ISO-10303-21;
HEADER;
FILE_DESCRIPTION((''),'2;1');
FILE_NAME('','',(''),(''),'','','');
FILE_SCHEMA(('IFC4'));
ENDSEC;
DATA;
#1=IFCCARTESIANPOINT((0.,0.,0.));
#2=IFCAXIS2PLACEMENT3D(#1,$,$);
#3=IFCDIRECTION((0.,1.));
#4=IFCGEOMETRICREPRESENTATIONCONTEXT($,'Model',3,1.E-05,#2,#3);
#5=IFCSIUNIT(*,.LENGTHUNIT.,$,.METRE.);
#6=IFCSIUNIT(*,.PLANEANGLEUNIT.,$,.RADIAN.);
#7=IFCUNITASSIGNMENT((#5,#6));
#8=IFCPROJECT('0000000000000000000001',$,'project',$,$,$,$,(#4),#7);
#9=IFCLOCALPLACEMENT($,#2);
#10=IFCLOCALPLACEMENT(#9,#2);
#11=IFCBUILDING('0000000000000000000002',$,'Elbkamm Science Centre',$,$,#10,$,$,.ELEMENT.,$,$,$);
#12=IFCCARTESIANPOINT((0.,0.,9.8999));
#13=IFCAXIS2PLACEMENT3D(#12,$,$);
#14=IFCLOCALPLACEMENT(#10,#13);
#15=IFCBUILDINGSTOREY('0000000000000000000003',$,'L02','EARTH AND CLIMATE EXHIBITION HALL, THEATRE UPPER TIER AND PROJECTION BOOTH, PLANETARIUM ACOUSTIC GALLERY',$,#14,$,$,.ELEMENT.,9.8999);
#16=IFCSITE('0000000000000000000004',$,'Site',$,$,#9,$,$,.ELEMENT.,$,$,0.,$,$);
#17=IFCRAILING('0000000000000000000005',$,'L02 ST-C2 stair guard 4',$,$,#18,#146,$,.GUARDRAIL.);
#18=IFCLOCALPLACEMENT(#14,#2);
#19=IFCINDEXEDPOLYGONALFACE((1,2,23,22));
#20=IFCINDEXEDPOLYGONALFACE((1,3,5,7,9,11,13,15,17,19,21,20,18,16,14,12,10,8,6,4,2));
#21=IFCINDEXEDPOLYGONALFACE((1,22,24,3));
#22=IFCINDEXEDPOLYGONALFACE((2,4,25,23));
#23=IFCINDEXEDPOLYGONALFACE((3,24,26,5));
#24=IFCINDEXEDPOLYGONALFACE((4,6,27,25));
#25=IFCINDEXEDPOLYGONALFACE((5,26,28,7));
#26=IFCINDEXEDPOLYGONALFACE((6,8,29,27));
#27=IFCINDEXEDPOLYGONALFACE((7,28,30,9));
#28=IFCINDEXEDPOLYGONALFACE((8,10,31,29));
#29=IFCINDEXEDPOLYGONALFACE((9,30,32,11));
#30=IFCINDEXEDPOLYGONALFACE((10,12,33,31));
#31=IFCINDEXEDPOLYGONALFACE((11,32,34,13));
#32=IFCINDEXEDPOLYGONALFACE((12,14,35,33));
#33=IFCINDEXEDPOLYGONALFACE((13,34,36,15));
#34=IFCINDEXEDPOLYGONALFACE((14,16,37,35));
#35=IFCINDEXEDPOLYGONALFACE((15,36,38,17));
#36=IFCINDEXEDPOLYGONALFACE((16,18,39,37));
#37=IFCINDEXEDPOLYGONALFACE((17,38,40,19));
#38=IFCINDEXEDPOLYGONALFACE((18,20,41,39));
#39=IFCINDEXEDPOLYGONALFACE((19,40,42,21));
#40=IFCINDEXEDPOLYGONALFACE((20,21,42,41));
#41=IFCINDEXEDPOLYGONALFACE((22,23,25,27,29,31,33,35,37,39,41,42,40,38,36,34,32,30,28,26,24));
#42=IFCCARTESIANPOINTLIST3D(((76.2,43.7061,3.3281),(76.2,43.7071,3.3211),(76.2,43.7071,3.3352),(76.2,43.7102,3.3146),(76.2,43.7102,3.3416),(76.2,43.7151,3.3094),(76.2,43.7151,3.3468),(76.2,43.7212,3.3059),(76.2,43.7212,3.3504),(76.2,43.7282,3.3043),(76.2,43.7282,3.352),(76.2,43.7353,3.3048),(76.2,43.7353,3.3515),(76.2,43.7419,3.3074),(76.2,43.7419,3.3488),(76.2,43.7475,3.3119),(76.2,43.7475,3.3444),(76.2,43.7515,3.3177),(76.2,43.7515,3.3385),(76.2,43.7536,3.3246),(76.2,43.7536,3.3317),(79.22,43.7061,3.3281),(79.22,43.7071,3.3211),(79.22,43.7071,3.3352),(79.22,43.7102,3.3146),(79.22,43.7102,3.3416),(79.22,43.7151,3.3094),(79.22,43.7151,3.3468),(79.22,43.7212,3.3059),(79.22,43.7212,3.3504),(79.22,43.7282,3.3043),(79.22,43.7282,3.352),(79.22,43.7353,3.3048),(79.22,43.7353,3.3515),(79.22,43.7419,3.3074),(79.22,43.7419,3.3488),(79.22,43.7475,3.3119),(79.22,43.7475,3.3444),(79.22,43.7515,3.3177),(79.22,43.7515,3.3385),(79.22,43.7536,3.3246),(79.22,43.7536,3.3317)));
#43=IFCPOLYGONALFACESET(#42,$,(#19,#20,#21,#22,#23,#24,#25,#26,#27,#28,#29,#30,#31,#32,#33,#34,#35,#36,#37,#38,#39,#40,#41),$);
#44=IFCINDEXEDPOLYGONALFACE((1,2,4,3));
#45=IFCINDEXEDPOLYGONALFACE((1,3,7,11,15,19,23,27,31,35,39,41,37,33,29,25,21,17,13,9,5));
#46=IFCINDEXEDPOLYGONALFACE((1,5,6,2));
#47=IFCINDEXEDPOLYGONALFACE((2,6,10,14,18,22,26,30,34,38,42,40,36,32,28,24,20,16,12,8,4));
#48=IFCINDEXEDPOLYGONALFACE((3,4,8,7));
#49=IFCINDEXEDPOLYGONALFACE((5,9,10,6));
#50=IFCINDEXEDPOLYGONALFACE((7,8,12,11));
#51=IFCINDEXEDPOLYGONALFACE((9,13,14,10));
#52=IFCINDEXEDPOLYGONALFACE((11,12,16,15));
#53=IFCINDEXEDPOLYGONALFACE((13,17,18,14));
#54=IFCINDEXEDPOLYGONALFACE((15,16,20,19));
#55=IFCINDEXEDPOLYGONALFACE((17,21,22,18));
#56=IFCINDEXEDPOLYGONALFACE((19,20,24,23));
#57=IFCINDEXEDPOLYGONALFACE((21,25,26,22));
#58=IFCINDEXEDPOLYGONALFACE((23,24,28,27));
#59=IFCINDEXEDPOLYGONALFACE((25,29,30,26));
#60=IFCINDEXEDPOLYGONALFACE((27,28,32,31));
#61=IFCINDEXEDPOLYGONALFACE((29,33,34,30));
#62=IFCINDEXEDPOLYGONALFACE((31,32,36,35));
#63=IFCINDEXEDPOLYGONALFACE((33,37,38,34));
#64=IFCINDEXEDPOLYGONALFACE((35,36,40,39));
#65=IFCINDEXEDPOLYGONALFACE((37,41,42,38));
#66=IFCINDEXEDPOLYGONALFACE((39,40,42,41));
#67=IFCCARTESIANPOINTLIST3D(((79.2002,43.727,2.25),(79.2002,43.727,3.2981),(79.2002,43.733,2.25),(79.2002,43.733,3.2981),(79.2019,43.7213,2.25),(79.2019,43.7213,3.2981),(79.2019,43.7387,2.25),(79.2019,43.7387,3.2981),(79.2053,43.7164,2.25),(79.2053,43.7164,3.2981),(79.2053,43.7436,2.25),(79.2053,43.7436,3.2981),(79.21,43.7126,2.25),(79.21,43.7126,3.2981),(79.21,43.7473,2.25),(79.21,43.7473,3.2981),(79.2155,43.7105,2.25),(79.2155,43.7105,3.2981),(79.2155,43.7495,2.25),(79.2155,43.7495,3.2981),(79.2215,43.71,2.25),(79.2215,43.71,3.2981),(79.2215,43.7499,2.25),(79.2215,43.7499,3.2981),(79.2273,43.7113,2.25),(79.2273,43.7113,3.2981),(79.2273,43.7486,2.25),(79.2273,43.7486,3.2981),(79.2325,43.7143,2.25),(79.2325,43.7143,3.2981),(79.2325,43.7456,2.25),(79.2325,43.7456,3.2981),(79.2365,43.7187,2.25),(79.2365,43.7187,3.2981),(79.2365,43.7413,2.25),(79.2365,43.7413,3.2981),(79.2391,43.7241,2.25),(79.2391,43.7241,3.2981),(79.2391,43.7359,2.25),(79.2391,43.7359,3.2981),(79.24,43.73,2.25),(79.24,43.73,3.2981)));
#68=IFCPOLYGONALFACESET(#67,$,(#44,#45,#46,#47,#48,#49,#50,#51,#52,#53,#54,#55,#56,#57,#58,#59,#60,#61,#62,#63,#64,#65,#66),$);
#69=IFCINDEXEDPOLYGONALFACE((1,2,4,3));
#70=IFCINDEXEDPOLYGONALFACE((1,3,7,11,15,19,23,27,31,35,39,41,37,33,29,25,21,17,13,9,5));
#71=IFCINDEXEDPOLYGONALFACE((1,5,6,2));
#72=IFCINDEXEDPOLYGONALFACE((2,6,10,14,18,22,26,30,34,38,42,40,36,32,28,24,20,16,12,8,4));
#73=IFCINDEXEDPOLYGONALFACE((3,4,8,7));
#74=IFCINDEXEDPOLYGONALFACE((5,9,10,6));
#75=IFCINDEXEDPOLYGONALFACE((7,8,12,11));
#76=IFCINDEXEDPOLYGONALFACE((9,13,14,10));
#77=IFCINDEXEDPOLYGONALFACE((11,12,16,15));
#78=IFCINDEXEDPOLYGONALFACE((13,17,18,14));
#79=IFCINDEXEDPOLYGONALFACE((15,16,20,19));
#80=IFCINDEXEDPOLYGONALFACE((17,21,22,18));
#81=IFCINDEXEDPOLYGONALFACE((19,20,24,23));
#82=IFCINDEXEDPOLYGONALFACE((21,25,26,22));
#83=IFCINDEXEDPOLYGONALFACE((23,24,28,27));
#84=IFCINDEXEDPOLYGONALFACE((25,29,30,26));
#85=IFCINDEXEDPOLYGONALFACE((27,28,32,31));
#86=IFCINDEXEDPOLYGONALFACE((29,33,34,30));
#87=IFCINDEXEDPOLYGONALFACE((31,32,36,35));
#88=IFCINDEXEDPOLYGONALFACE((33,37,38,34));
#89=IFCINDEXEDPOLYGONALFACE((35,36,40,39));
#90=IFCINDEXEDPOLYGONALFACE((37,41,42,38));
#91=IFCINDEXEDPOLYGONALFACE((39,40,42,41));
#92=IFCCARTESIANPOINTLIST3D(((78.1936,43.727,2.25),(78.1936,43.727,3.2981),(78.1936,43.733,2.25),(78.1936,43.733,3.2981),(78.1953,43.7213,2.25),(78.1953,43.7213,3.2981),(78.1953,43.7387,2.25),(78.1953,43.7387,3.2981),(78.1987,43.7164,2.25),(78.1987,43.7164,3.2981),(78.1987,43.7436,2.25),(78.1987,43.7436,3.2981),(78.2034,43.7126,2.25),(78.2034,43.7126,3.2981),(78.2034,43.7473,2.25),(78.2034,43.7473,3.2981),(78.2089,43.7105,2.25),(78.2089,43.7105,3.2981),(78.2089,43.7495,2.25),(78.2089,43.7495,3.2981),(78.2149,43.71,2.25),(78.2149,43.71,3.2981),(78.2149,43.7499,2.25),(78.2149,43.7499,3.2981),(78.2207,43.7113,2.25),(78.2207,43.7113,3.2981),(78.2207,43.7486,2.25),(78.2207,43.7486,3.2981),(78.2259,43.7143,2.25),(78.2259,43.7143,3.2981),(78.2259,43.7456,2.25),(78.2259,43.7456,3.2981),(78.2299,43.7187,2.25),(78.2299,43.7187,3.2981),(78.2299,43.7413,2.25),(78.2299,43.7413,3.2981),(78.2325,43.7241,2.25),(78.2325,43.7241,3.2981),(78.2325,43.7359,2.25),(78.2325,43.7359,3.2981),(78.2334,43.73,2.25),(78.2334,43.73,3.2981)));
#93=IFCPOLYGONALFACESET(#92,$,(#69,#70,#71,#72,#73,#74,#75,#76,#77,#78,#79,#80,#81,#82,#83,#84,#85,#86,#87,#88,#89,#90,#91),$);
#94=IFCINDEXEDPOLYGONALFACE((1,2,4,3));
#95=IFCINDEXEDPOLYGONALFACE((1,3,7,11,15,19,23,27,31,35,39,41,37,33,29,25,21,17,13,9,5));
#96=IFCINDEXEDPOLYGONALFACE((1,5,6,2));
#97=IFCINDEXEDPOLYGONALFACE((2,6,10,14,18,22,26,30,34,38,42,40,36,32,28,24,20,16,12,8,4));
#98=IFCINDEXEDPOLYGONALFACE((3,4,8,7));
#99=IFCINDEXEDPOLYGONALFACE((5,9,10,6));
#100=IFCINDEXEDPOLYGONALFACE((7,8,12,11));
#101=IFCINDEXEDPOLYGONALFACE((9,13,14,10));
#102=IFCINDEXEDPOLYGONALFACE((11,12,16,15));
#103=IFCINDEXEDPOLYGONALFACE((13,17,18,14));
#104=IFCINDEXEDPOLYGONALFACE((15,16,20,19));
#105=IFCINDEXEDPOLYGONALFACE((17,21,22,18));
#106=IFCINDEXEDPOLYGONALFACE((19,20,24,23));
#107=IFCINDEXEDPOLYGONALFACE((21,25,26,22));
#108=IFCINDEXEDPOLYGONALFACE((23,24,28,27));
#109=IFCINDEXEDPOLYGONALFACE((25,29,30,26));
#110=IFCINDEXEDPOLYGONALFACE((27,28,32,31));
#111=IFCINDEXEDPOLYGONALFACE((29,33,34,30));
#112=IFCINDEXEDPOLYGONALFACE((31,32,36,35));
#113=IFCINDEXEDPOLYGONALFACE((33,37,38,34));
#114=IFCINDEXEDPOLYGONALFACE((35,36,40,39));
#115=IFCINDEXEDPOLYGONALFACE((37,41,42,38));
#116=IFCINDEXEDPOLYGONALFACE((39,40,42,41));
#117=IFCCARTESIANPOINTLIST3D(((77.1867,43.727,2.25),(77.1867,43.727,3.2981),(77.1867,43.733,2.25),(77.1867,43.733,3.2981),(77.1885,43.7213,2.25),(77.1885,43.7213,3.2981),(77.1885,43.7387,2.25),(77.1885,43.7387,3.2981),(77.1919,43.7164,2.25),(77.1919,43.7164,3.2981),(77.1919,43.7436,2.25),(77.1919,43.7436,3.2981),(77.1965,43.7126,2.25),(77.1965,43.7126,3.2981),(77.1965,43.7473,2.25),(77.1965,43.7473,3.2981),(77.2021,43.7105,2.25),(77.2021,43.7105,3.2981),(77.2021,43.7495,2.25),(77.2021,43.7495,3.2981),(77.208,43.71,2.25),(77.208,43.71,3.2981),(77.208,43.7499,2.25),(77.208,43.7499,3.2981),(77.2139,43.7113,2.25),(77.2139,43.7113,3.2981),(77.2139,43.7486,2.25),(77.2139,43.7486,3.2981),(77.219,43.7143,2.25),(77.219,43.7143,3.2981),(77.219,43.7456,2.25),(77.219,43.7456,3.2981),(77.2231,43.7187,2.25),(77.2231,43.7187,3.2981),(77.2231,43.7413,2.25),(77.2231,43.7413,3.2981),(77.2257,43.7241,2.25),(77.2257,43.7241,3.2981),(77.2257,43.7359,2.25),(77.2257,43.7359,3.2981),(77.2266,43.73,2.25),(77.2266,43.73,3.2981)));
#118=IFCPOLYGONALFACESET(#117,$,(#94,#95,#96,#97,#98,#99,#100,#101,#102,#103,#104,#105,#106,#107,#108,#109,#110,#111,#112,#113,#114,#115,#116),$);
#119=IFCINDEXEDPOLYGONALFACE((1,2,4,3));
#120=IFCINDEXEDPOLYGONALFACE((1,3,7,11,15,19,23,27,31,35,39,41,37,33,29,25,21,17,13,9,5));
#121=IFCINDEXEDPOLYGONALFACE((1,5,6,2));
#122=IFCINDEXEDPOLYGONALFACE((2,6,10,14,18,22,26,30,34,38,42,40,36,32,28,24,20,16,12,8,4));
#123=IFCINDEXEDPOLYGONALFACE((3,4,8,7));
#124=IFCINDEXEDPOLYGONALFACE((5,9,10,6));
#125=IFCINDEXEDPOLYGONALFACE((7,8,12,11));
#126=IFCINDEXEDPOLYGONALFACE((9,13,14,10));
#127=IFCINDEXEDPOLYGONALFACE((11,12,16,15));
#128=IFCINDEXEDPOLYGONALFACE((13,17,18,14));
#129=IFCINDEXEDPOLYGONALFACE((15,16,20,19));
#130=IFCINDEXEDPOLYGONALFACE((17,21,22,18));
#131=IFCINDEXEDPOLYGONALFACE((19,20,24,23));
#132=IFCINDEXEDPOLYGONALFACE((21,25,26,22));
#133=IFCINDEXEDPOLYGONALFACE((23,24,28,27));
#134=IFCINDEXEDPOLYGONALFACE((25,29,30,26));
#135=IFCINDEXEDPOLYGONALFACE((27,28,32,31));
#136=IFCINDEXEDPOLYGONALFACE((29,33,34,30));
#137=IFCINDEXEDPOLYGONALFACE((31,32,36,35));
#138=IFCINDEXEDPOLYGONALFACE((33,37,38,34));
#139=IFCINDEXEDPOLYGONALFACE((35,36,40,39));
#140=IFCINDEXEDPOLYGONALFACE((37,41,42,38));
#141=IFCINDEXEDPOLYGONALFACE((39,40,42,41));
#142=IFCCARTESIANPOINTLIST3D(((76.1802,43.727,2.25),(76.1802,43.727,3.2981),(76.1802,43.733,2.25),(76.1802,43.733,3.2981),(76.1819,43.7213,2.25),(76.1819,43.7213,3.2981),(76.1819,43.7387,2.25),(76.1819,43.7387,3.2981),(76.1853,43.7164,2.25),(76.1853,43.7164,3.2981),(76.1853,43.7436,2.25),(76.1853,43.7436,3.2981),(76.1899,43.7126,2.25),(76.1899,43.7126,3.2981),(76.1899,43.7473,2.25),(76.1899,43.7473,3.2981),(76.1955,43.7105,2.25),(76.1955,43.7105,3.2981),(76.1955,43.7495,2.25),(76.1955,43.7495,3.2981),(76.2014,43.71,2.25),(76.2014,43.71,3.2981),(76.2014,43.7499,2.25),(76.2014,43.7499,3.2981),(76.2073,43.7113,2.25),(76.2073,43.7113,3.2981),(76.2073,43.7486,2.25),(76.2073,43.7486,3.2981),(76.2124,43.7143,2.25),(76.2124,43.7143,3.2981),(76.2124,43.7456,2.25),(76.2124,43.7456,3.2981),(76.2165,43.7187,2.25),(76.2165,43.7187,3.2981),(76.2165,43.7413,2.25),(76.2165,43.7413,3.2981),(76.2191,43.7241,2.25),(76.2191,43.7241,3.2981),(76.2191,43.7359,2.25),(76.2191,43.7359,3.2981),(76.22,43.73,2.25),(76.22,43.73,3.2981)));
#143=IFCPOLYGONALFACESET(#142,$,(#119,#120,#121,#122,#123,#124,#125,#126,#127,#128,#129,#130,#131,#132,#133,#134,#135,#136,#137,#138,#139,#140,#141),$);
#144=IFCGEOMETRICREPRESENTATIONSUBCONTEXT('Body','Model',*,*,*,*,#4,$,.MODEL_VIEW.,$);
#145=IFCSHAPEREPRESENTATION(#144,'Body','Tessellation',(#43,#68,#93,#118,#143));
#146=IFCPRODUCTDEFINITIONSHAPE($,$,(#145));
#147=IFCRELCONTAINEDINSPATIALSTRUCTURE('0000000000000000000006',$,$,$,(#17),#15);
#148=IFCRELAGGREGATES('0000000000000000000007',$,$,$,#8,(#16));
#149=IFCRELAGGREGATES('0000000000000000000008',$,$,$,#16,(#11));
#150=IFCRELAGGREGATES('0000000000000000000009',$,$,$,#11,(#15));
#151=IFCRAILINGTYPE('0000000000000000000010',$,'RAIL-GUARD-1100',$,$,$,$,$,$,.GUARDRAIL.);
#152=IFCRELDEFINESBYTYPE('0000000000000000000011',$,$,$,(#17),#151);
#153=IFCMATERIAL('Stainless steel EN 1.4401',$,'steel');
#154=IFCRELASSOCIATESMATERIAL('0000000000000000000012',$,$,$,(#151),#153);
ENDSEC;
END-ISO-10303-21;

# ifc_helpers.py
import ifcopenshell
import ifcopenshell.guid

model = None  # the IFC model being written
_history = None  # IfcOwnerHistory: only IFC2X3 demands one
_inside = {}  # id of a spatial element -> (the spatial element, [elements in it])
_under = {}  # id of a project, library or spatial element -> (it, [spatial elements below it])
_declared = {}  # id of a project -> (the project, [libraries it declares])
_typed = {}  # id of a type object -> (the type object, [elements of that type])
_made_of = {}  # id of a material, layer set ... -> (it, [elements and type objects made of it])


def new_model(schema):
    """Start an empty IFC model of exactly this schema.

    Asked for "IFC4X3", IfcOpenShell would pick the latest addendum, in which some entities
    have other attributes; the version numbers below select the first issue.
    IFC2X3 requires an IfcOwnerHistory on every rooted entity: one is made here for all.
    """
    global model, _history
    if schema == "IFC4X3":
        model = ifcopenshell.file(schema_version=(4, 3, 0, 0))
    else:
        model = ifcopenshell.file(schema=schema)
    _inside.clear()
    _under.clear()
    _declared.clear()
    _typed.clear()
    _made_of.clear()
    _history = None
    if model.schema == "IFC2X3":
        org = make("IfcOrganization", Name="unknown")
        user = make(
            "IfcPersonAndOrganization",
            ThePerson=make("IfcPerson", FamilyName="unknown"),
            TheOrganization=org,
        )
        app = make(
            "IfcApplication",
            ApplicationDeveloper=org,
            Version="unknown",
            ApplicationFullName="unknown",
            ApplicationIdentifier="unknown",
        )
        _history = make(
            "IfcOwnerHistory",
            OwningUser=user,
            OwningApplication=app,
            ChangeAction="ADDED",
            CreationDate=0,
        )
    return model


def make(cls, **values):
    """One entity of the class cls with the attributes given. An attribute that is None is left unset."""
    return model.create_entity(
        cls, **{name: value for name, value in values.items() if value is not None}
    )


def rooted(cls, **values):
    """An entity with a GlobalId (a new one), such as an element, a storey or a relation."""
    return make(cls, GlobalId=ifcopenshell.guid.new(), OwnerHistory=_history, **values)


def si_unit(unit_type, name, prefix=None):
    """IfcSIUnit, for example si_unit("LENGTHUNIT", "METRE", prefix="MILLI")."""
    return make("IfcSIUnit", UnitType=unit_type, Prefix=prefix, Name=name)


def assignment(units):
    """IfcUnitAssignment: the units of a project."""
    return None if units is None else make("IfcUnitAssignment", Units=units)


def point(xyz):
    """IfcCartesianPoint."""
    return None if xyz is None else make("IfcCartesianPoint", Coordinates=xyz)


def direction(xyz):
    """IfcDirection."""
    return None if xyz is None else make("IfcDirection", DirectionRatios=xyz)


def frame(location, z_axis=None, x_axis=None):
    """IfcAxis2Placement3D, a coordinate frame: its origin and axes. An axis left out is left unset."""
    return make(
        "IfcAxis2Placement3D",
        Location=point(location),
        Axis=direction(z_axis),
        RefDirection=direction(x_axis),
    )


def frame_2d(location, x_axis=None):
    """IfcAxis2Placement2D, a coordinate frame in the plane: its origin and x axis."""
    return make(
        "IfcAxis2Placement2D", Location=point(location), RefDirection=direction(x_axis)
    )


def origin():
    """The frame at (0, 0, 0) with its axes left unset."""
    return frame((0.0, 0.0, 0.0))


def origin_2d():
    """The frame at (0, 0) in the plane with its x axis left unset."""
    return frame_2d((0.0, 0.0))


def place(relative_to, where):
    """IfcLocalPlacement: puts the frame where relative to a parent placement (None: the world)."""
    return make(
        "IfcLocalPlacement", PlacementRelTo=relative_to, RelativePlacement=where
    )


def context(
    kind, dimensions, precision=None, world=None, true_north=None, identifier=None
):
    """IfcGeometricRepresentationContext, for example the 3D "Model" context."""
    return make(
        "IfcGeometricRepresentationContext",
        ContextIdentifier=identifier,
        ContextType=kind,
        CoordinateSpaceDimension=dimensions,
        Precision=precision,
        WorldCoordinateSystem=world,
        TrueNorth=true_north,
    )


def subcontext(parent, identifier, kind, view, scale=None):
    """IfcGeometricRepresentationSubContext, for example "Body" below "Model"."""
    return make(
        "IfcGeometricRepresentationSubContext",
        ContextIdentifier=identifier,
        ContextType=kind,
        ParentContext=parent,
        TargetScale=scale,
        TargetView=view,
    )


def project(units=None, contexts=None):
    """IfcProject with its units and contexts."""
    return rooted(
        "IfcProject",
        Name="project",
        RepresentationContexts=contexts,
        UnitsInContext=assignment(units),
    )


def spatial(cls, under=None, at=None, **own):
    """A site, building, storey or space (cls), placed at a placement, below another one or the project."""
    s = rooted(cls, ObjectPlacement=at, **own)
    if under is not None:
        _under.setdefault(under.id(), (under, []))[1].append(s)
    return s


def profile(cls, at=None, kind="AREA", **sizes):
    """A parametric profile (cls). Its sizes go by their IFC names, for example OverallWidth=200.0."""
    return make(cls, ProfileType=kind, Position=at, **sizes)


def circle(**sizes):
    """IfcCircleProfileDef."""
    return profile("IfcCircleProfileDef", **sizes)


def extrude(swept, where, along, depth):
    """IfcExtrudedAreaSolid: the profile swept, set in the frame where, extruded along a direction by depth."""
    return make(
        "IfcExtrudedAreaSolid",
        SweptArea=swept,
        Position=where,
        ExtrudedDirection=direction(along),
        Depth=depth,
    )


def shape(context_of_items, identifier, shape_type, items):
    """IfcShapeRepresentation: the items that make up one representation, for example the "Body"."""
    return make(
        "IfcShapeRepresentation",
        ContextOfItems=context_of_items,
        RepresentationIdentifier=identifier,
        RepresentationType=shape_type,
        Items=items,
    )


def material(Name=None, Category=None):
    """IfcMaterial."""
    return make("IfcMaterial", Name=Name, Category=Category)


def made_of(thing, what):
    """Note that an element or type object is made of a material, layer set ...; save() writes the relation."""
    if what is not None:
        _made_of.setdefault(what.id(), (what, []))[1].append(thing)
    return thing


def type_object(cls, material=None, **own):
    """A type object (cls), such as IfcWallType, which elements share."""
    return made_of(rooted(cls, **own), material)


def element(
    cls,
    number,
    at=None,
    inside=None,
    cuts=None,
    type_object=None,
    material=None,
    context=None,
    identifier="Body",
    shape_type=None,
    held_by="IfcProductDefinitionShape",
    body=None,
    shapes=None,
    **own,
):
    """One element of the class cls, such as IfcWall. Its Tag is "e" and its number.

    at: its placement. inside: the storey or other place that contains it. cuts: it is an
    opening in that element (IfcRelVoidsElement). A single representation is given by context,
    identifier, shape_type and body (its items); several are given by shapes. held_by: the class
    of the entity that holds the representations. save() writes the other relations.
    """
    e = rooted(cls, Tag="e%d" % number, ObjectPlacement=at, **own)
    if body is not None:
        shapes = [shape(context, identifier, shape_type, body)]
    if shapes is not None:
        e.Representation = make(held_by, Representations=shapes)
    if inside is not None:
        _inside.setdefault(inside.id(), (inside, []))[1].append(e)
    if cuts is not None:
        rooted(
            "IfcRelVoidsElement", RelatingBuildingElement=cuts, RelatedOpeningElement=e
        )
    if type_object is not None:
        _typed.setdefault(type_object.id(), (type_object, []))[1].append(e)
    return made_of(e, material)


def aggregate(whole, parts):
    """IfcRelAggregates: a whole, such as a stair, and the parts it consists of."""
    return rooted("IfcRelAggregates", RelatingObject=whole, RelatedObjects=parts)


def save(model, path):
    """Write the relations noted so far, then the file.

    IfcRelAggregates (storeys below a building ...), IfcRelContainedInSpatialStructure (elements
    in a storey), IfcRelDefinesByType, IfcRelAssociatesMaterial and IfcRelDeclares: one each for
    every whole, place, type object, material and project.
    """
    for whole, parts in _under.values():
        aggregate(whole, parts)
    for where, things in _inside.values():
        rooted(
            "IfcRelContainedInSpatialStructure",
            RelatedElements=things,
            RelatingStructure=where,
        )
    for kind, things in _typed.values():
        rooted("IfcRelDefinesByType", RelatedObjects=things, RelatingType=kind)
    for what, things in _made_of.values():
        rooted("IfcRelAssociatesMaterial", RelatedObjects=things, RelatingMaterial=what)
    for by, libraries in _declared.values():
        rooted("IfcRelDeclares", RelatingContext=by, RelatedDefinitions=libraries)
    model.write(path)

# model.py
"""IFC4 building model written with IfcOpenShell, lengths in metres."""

from ifc_helpers import new_model, si_unit, direction, frame, origin, origin_2d, place, context, subcontext, project, spatial, circle, extrude, material, type_object, element, save


model = new_model("IFC4")

# Units and contexts
model_context = context("Model", 3, precision=1e-05, world=origin(), true_north=direction((0.0, 1.0)))
body_context = subcontext(model_context, "Body", "Model", "MODEL_VIEW")
ifc_project = project(units=[si_unit("LENGTHUNIT", "METRE"), si_unit("PLANEANGLEUNIT", "RADIAN")], contexts=[model_context])

# Site, building, storey
site_placement = place(None, origin())
site = spatial("IfcSite", under=ifc_project, at=site_placement, Name="Site", CompositionType="ELEMENT", RefElevation=0.0)
building_placement = place(site_placement, origin())
building = spatial("IfcBuilding", under=site, at=building_placement, Name="Elbkamm Science Centre", CompositionType="ELEMENT")
storey_placement = place(building_placement, frame((0.0, 0.0, 9.8999)))
storey = spatial("IfcBuildingStorey", under=building, at=storey_placement, Name="L02", Description="EARTH AND CLIMATE EXHIBITION HALL, THEATRE UPPER TIER AND PROJECTION BOOTH, PLANETARIUM ACOUSTIC GALLERY", CompositionType="ELEMENT", Elevation=9.8999)

# Railing
ifc_material_1 = material(Name="Stainless steel EN 1.4401", Category="steel")
railing_type_1 = type_object("IfcRailingType", Name="RAIL-GUARD-1100", PredefinedType="GUARDRAIL", material=ifc_material_1)
railing_1_placement = place(storey_placement, frame((79.22, 43.73, 2.25)))
element("IfcRailing", 1, at=railing_1_placement, inside=storey, type_object=railing_type_1, Name="L02 ST-C2 stair guard 4", PredefinedType="GUARDRAIL", context=body_context, shape_type="SweptSolid", body=[
    extrude(circle(Radius=0.0239, at=origin_2d()), frame((0.0, 0.0, 1.0781), z_axis=(-1.0, 0.0, 0.0), x_axis=(0.0, -1.0, 0.0)), (0.0, 0.0, 1.0), 3.02),
    extrude(circle(Radius=0.02, at=origin_2d()), origin(), (0.0, 0.0, 1.0), 1.0481),
    extrude(circle(Radius=0.02, at=origin_2d()), frame((-1.0066, 0.0, 0.0)), (0.0, 0.0, 1.0), 1.0481),
    extrude(circle(Radius=0.02, at=origin_2d()), frame((-2.0134, 0.0, 0.0)), (0.0, 0.0, 1.0), 1.0481),
    extrude(circle(Radius=0.02, at=origin_2d()), frame((-3.02, 0.0, 0.0)), (0.0, 0.0, 1.0), 1.0481),
])

save(model, "model.ifc")
